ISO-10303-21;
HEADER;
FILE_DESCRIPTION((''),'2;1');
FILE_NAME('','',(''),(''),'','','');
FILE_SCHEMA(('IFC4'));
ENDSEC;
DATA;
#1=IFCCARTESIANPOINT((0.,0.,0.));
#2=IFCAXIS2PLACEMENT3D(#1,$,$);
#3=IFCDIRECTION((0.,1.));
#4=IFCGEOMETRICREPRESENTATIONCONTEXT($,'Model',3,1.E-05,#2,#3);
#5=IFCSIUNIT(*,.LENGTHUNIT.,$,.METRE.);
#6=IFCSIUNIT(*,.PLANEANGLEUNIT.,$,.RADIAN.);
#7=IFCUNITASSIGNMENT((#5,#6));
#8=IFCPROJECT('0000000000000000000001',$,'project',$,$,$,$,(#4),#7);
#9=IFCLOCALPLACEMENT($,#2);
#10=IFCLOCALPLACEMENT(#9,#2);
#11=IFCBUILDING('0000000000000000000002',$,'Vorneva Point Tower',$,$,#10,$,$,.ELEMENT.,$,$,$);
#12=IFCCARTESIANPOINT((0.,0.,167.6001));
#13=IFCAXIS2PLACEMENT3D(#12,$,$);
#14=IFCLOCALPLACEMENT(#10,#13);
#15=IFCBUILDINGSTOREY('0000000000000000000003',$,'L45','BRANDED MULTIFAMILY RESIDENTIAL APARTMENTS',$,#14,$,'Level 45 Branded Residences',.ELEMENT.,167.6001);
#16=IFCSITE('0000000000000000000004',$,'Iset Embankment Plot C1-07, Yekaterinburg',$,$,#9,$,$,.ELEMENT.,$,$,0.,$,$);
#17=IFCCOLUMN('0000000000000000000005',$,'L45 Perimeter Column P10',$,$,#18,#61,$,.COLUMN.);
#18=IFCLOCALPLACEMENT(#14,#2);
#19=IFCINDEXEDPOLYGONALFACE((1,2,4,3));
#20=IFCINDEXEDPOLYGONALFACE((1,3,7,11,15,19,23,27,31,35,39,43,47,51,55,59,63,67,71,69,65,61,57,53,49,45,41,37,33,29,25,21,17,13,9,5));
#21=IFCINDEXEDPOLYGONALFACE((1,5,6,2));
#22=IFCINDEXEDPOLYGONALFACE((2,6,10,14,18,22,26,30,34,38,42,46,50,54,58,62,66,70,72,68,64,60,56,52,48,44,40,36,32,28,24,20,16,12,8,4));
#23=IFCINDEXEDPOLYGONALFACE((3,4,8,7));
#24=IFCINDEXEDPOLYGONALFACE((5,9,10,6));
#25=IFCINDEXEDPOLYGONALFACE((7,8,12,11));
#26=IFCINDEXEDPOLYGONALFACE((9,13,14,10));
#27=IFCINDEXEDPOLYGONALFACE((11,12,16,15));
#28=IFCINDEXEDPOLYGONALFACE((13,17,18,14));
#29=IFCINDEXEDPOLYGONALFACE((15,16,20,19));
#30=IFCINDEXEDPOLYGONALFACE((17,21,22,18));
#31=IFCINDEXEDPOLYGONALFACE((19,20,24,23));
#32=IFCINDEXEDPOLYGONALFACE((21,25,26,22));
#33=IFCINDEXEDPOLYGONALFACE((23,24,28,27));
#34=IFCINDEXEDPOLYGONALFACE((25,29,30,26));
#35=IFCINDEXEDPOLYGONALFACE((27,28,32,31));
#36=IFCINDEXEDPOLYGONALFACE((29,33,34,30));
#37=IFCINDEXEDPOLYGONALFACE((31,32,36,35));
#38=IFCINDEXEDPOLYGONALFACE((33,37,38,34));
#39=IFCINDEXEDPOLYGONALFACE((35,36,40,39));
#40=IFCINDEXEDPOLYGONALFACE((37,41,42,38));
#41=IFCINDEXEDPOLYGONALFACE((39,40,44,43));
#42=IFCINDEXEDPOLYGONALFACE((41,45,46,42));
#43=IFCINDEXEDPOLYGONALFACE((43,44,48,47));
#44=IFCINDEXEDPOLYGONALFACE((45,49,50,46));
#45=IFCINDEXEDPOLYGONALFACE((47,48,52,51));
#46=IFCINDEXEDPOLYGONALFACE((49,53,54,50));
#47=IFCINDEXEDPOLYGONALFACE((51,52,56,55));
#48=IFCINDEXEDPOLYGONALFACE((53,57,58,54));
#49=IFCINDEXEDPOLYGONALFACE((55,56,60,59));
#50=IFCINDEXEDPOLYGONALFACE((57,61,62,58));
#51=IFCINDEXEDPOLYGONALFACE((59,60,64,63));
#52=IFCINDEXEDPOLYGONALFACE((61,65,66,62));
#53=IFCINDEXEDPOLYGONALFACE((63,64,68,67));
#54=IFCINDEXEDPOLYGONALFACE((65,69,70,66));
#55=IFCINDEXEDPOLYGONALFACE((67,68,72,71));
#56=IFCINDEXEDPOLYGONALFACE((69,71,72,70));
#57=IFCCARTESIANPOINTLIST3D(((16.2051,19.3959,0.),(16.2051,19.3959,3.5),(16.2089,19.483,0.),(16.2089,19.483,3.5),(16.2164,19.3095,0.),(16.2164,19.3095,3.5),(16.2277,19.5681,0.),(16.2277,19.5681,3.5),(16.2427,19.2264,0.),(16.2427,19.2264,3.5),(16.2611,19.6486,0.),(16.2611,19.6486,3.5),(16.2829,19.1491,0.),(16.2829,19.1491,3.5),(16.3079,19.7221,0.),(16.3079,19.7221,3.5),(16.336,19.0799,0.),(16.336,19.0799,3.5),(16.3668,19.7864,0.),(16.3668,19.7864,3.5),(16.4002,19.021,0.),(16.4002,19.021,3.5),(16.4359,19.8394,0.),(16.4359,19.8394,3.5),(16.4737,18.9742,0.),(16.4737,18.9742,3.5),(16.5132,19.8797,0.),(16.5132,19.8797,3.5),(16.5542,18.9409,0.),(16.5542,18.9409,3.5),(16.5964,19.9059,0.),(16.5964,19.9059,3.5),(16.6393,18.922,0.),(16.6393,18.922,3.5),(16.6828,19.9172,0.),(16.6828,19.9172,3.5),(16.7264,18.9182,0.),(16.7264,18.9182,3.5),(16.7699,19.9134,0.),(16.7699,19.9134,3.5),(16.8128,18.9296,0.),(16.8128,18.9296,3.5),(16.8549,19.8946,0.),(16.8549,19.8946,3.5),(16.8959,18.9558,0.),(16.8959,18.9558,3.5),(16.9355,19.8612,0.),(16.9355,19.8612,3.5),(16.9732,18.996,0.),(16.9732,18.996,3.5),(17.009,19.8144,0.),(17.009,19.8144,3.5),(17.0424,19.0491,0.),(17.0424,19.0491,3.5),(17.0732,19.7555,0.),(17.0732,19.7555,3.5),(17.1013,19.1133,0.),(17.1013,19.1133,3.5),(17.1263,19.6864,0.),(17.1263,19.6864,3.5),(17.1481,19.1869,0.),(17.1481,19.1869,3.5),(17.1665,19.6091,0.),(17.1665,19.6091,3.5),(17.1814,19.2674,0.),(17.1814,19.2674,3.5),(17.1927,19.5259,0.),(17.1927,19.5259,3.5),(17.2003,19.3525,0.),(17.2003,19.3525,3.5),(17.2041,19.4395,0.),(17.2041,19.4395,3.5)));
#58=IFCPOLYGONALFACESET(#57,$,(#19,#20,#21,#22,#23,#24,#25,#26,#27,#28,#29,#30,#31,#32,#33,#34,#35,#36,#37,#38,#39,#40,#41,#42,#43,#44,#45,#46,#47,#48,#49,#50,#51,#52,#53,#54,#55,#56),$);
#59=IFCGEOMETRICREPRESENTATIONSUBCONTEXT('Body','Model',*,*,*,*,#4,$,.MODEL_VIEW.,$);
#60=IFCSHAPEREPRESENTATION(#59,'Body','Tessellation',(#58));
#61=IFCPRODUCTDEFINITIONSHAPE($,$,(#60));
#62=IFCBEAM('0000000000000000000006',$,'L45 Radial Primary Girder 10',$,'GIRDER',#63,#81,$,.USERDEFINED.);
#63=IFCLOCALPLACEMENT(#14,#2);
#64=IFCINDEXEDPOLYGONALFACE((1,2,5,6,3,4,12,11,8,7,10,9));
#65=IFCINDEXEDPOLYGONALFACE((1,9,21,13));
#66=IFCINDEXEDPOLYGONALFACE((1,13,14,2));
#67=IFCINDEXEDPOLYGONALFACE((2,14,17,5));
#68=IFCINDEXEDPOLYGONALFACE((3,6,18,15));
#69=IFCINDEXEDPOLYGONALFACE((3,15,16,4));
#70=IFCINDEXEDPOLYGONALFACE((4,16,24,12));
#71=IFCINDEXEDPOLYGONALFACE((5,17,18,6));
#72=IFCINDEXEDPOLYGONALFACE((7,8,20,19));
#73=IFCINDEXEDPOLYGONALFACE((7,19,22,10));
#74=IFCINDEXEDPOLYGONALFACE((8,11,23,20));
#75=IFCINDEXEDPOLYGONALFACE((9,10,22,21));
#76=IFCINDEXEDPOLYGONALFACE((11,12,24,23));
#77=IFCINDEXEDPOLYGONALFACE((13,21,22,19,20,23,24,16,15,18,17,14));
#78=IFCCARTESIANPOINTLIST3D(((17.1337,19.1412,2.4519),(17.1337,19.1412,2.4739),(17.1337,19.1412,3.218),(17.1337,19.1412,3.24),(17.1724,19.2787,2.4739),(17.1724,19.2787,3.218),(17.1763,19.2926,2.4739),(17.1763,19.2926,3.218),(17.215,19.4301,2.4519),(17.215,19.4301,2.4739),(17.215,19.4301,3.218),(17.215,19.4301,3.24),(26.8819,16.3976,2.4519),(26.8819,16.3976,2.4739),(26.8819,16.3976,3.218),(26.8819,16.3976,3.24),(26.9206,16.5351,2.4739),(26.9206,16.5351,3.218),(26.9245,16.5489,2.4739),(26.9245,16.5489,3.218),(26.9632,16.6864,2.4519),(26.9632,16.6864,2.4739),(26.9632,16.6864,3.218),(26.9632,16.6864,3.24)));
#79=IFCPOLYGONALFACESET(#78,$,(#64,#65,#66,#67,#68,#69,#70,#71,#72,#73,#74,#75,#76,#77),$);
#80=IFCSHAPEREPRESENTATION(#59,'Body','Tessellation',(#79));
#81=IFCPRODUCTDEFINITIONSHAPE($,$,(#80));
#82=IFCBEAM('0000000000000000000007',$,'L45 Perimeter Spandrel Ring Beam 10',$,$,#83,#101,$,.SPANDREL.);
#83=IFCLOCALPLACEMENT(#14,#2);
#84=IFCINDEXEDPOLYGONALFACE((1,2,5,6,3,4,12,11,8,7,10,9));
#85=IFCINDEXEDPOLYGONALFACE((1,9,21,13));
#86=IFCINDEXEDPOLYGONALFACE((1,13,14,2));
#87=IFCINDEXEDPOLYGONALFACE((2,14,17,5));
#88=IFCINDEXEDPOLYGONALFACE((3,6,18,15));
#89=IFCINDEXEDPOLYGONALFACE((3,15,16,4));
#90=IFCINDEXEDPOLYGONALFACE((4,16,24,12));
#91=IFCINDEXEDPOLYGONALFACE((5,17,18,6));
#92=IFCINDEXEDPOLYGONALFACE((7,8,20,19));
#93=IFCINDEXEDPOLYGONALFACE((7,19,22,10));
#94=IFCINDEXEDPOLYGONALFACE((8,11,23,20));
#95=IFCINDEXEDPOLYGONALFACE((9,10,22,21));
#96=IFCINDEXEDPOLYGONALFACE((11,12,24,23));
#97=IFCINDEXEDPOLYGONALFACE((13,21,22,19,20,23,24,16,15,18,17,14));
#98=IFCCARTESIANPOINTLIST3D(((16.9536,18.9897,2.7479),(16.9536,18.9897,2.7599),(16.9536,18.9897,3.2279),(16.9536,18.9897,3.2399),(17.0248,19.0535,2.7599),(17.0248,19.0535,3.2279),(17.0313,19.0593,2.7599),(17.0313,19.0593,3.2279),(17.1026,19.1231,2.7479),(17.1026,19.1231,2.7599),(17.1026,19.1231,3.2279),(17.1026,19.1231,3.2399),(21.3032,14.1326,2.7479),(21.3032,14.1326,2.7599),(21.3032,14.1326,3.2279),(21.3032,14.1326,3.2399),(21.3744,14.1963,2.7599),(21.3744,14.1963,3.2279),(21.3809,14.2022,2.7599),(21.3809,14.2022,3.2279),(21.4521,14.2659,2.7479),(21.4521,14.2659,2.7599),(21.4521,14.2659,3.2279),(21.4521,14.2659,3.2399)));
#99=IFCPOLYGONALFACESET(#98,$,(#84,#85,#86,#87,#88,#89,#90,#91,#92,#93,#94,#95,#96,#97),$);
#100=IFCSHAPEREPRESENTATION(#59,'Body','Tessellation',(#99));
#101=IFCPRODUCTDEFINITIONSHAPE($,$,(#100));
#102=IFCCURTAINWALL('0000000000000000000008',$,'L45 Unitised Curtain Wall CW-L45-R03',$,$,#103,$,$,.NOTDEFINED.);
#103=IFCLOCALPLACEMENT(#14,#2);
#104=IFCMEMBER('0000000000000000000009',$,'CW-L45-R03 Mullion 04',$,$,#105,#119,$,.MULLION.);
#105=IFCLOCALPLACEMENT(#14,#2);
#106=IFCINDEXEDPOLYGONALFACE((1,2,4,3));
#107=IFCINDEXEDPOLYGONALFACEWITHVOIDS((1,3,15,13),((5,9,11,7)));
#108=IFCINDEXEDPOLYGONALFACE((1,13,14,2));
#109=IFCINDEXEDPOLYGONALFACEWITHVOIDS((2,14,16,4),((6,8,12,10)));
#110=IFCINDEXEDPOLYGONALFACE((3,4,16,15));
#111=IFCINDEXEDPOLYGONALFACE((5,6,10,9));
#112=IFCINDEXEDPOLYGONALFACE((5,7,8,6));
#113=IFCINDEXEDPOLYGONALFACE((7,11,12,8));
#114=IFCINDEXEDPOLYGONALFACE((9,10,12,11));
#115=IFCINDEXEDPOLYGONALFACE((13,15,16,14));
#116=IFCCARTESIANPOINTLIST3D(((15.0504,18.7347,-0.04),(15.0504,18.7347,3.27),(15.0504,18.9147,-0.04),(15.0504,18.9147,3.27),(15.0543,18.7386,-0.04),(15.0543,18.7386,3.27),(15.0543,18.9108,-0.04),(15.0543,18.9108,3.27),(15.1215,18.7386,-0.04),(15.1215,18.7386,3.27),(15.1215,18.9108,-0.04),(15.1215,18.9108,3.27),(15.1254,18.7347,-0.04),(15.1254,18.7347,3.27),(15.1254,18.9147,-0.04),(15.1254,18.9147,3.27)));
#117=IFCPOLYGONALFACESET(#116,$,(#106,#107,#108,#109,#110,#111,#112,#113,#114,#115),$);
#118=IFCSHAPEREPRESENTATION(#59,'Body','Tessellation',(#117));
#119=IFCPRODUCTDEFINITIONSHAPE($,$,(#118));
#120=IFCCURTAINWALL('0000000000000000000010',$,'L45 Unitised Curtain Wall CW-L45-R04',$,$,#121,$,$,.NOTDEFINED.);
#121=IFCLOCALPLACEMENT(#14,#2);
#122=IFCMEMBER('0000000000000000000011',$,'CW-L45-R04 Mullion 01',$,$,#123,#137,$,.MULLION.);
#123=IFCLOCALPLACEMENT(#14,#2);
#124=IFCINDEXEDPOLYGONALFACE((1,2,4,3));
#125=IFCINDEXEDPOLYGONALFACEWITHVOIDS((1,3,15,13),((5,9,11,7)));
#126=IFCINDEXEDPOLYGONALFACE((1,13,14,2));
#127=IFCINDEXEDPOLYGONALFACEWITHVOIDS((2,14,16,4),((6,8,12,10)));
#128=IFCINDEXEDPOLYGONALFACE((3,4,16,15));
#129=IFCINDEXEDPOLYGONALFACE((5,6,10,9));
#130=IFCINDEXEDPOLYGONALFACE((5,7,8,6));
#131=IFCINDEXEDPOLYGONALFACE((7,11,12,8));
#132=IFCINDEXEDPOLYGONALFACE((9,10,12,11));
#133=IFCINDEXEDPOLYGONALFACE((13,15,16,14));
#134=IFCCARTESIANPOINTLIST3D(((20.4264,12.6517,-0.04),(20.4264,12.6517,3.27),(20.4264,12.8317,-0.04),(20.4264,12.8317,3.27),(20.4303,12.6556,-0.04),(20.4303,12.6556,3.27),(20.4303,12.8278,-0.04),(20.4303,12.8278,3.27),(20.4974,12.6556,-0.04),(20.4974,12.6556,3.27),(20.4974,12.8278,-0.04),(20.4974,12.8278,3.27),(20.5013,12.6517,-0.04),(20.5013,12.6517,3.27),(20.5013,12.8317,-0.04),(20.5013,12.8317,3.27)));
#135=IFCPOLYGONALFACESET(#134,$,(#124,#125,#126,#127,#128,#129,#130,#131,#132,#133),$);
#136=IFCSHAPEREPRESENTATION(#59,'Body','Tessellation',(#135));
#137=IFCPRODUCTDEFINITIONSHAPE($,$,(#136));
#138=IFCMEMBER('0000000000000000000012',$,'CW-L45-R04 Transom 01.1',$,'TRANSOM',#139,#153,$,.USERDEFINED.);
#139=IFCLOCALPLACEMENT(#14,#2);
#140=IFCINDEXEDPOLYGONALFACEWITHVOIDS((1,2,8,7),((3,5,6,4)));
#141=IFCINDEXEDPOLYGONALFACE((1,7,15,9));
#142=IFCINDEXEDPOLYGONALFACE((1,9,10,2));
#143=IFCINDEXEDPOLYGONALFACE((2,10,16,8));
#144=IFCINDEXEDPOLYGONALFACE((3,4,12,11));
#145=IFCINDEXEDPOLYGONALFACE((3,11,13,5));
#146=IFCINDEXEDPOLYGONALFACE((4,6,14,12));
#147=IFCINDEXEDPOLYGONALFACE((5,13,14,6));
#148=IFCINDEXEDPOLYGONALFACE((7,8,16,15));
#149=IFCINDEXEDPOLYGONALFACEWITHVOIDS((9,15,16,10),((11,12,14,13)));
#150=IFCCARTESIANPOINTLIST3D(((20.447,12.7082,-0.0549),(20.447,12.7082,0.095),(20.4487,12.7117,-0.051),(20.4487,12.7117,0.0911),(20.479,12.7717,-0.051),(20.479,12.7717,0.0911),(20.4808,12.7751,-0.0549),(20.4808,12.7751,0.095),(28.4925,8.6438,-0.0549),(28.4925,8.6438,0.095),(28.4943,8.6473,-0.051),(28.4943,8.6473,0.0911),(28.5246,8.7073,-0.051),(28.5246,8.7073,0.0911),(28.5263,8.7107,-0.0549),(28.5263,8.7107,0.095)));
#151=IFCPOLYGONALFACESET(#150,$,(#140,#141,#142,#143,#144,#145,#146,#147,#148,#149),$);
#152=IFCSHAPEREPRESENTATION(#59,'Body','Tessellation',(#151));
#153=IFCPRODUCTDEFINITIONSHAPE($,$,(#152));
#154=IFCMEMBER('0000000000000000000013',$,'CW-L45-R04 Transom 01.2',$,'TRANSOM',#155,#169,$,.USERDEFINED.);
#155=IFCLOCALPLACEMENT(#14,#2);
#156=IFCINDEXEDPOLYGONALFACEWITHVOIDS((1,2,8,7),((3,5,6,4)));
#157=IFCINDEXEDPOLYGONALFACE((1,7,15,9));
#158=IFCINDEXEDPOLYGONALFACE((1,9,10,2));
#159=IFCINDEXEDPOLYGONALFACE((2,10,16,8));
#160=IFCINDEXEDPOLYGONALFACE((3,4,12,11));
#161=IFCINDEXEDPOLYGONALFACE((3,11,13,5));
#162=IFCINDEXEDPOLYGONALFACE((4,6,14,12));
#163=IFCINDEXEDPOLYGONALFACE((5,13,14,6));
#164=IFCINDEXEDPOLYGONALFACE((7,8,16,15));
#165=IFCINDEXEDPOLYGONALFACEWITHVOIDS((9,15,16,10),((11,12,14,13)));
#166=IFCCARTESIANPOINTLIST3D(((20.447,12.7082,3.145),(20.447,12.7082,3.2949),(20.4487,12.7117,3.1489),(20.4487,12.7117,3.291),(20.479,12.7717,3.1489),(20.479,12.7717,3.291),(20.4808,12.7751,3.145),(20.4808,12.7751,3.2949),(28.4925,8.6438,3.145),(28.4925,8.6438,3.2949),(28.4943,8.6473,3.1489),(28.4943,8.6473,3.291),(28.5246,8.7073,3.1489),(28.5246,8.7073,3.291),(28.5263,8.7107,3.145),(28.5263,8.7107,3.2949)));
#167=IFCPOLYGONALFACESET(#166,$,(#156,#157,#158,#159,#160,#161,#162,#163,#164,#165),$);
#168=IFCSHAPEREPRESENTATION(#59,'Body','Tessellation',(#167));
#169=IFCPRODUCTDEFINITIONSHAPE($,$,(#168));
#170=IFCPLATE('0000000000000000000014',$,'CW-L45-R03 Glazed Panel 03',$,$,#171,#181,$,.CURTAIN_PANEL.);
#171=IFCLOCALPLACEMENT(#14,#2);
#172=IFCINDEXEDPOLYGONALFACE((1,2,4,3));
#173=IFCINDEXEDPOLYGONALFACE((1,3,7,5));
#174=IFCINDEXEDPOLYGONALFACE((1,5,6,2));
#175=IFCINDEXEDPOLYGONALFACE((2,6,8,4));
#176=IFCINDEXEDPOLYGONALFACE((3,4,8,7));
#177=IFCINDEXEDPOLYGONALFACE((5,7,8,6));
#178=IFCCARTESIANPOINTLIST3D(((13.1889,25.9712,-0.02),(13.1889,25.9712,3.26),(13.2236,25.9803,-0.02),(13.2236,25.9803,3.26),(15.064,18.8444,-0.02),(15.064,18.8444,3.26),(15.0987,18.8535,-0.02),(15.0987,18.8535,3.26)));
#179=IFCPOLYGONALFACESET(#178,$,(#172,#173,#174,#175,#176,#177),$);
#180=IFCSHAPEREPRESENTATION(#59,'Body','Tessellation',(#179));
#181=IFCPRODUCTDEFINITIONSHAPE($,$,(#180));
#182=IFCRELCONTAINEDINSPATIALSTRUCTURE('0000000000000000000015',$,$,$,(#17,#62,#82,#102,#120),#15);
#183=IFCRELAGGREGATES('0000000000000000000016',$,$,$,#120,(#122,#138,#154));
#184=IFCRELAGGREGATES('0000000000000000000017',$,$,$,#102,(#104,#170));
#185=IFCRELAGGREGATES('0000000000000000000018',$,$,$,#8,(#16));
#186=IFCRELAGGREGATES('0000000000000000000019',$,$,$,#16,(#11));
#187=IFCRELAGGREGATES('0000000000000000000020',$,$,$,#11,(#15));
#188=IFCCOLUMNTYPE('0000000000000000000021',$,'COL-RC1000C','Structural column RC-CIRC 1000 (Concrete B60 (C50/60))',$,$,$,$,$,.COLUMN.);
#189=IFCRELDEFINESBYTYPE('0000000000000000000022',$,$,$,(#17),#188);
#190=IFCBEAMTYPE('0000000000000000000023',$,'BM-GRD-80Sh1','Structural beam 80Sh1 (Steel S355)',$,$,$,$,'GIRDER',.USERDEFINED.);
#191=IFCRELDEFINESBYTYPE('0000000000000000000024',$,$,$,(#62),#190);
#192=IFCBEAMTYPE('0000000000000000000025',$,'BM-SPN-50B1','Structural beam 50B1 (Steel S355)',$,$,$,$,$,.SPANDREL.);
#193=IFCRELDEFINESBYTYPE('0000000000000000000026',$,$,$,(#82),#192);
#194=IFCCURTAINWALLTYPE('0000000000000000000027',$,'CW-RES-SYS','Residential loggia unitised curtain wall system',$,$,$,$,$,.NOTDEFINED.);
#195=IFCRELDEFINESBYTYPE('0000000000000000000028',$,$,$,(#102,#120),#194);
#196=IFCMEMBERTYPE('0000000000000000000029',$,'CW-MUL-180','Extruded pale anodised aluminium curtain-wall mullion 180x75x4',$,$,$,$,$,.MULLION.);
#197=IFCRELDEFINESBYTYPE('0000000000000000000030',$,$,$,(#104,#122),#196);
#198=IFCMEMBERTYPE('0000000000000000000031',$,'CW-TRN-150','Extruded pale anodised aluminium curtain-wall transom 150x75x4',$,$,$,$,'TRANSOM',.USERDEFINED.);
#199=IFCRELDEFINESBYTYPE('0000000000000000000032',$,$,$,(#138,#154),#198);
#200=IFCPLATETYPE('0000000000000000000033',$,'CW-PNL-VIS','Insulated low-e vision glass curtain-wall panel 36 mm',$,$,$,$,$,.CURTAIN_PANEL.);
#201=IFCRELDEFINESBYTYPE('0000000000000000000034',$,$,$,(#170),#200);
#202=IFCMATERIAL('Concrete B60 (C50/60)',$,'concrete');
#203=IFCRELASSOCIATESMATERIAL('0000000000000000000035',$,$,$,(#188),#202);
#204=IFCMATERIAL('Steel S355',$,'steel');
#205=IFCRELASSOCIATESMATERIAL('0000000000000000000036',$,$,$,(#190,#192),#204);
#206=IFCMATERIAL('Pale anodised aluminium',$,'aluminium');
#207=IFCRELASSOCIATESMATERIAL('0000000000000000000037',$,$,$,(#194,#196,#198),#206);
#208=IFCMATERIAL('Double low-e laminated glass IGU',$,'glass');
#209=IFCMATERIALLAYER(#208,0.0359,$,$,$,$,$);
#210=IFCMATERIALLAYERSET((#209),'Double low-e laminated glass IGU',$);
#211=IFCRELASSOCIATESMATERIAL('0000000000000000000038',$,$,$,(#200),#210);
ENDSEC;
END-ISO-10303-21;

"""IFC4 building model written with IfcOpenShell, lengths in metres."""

from ifc_helpers import new_model, si_unit, direction, frame, origin, origin_2d, place, context, subcontext, project, spatial, rectangle, hollow_rectangle, circle, i_section, extrude, material, layer, layer_set, material_profile, profile_set, type_object, element, aggregate, save


model = new_model("IFC4")

# Units and contexts
model_context = context("Model", 3, precision=1e-05, world=origin(), true_north=direction((0.0, 1.0)))
body_context = subcontext(model_context, "Body", "Model", "MODEL_VIEW")
ifc_project = project(units=[si_unit("LENGTHUNIT", "METRE"), si_unit("PLANEANGLEUNIT", "RADIAN")], contexts=[model_context])

# Site, building, storey
site_placement = place(None, origin())
site = spatial("IfcSite", under=ifc_project, at=site_placement, Name="Iset Embankment Plot C1-07, Yekaterinburg", CompositionType="ELEMENT", RefElevation=0.0)
building_placement = place(site_placement, origin())
building = spatial("IfcBuilding", under=site, at=building_placement, Name="Vorneva Point Tower", CompositionType="ELEMENT")
storey_placement = place(building_placement, frame((0.0, 0.0, 167.6001)))
storey = spatial("IfcBuildingStorey", under=building, at=storey_placement, Name="L45", Description="BRANDED MULTIFAMILY RESIDENTIAL APARTMENTS", LongName="Level 45 Branded Residences", CompositionType="ELEMENT", Elevation=167.6001)

# Column
ifc_material_1 = material(Name="Concrete B60 (C50/60)", Category="concrete")
ifc_material_profile_1 = material_profile(ifc_material_1, circle(Radius=0.5, at=origin_2d()), Name="RC-CIRC 1000")
ifc_profile_set_1 = profile_set([ifc_material_profile_1], Name="Concrete B60 (C50/60)")
column_type = type_object("IfcColumnType", Name="COL-RC1000C", Description="Structural column RC-CIRC 1000 (Concrete B60 (C50/60))", PredefinedType="COLUMN", material=ifc_profile_set_1)
column_placement = place(storey_placement, frame((16.7046, 19.4177, 0.0), z_axis=(0.0, 0.0, 1.0), x_axis=(-0.92388, -0.382683, 0.0)))
element("IfcColumn", 1, at=column_placement, inside=storey, type_object=column_type, Name="L45 Perimeter Column P10", PredefinedType="COLUMN", context=body_context, shape_type="SweptSolid", body=[
    extrude(circle(Radius=0.5, at=origin_2d()), origin(), (0.0, 0.0, 1.0), 3.5),
])

# Beams
ifc_material_2 = material(Name="Steel S355", Category="steel")
ifc_material_profile_2 = material_profile(ifc_material_2, i_section(OverallWidth=0.3, OverallDepth=0.7881, WebThickness=0.0144, FlangeThickness=0.022, at=origin_2d()), Name="80Sh1")
ifc_profile_set_2 = profile_set([ifc_material_profile_2], Name="Steel S355")
beam_type_1 = type_object("IfcBeamType", Name="BM-GRD-80Sh1", Description="Structural beam 80Sh1 (Steel S355)", ElementType="GIRDER", PredefinedType="USERDEFINED", material=ifc_profile_set_2)
beam_1_placement = place(storey_placement, frame((17.1743, 19.2856, 2.8459), z_axis=(0.962601, -0.270924, 0.0), x_axis=(0.270924, 0.962601, 0.0)))
element("IfcBeam", 2, at=beam_1_placement, inside=storey, type_object=beam_type_1, Name="L45 Radial Primary Girder 10", ObjectType="GIRDER", PredefinedType="USERDEFINED", context=body_context, shape_type="SweptSolid", body=[
    extrude(i_section(OverallWidth=0.3, OverallDepth=0.7881, WebThickness=0.0144, FlangeThickness=0.022, at=origin_2d()), origin(), (0.0, 0.0, 1.0), 10.127),
])
ifc_material_profile_3 = material_profile(ifc_material_2, i_section(OverallWidth=0.2, OverallDepth=0.4919, WebThickness=0.0088, FlangeThickness=0.012, at=origin_2d()), Name="50B1")
ifc_profile_set_3 = profile_set([ifc_material_profile_3], Name="Steel S355")
beam_type_2 = type_object("IfcBeamType", Name="BM-SPN-50B1", Description="Structural beam 50B1 (Steel S355)", PredefinedType="SPANDREL", material=ifc_profile_set_3)
beam_2_placement = place(storey_placement, frame((17.0281, 19.0564, 2.9939), z_axis=(0.667111, -0.744958, 0.0), x_axis=(0.744958, 0.667111, 0.0)))
element("IfcBeam", 3, at=beam_2_placement, inside=storey, type_object=beam_type_2, Name="L45 Perimeter Spandrel Ring Beam 10", PredefinedType="SPANDREL", context=body_context, shape_type="SweptSolid", body=[
    extrude(i_section(OverallWidth=0.2, OverallDepth=0.4919, WebThickness=0.0088, FlangeThickness=0.012, at=origin_2d()), origin(), (0.0, 0.0, 1.0), 6.52),
])

# Curtain wall, member
ifc_material_3 = material(Name="Pale anodised aluminium", Category="aluminium")
curtain_wall_type = type_object("IfcCurtainWallType", Name="CW-RES-SYS", Description="Residential loggia unitised curtain wall system", PredefinedType="NOTDEFINED", material=ifc_material_3)
curtain_wall_1_placement = place(storey_placement, origin())
curtain_wall_1 = element("IfcCurtainWall", 4, at=curtain_wall_1_placement, inside=storey, type_object=curtain_wall_type, Name="L45 Unitised Curtain Wall CW-L45-R03", PredefinedType="NOTDEFINED")
ifc_material_profile_4 = material_profile(ifc_material_3, hollow_rectangle(XDim=0.075, YDim=0.1799, WallThickness=0.0039, at=origin_2d()), Name="AL-MUL 180x75x4")
ifc_profile_set_4 = profile_set([ifc_material_profile_4], Name="Pale anodised aluminium")
member_type_1 = type_object("IfcMemberType", Name="CW-MUL-180", Description="Extruded pale anodised aluminium curtain-wall mullion 180x75x4", PredefinedType="MULLION", material=ifc_profile_set_4)
member_1_placement = place(storey_placement, frame((15.0879, 18.8247, -0.04), z_axis=(0.0, 0.0, 1.0), x_axis=(1.0, 0.0, 0.0)))
member_1 = element("IfcMember", 5, at=member_1_placement, type_object=member_type_1, Name="CW-L45-R03 Mullion 04", PredefinedType="MULLION", context=body_context, shape_type="SweptSolid", body=[
    extrude(hollow_rectangle(XDim=0.075, YDim=0.1799, WallThickness=0.0039, at=origin_2d()), origin(), (0.0, 0.0, 1.0), 3.3101),
])

# Curtain wall, members
curtain_wall_2_placement = place(storey_placement, origin())
curtain_wall_2 = element("IfcCurtainWall", 6, at=curtain_wall_2_placement, inside=storey, type_object=curtain_wall_type, Name="L45 Unitised Curtain Wall CW-L45-R04", PredefinedType="NOTDEFINED")
member_2_placement = place(storey_placement, frame((20.4639, 12.7417, -0.04), z_axis=(0.0, 0.0, 1.0), x_axis=(1.0, 0.0, 0.0)))
member_2 = element("IfcMember", 7, at=member_2_placement, type_object=member_type_1, Name="CW-L45-R04 Mullion 01", PredefinedType="MULLION", context=body_context, shape_type="SweptSolid", body=[
    extrude(hollow_rectangle(XDim=0.075, YDim=0.1799, WallThickness=0.0039, at=origin_2d()), origin(), (0.0, 0.0, 1.0), 3.3101),
])
ifc_material_profile_5 = material_profile(ifc_material_3, hollow_rectangle(XDim=0.075, YDim=0.1499, WallThickness=0.0039, at=origin_2d()), Name="AL-TRN 150x75x4")
ifc_profile_set_5 = profile_set([ifc_material_profile_5], Name="Pale anodised aluminium")
member_type_2 = type_object("IfcMemberType", Name="CW-TRN-150", Description="Extruded pale anodised aluminium curtain-wall transom 150x75x4", ElementType="TRANSOM", PredefinedType="USERDEFINED", material=ifc_profile_set_5)
member_3_placement = place(storey_placement, frame((20.4639, 12.7417, 0.02), z_axis=(0.892572, -0.450904, 0.0), x_axis=(0.450904, 0.892572, 0.0)))
member_3 = element("IfcMember", 8, at=member_3_placement, type_object=member_type_2, Name="CW-L45-R04 Transom 01.1", ObjectType="TRANSOM", PredefinedType="USERDEFINED", context=body_context, shape_type="SweptSolid", body=[
    extrude(hollow_rectangle(XDim=0.075, YDim=0.1499, WallThickness=0.0039, at=origin_2d()), origin(), (0.0, 0.0, 1.0), 9.0139),
])
member_4_placement = place(storey_placement, frame((20.4639, 12.7417, 3.22), z_axis=(0.892572, -0.450904, 0.0), x_axis=(0.450904, 0.892572, 0.0)))
member_4 = element("IfcMember", 9, at=member_4_placement, type_object=member_type_2, Name="CW-L45-R04 Transom 01.2", ObjectType="TRANSOM", PredefinedType="USERDEFINED", context=body_context, shape_type="SweptSolid", body=[
    extrude(hollow_rectangle(XDim=0.075, YDim=0.1499, WallThickness=0.0039, at=origin_2d()), origin(), (0.0, 0.0, 1.0), 9.0139),
])
aggregate(curtain_wall_2, [member_2, member_3, member_4])

# Plate
ifc_material_4 = material(Name="Double low-e laminated glass IGU", Category="glass")
ifc_layer_1 = layer(ifc_material_4, 0.0359)
ifc_layer_set_1 = layer_set([ifc_layer_1], Name="Double low-e laminated glass IGU")
plate_type = type_object("IfcPlateType", Name="CW-PNL-VIS", Description="Insulated low-e vision glass curtain-wall panel 36 mm", PredefinedType="CURTAIN_PANEL", material=ifc_layer_set_1)
plate_placement = place(storey_placement, frame((14.1438, 22.4124, -0.02), z_axis=(0.0, 0.0, 1.0), x_axis=(0.254433, -0.96709, 0.0)))
plate = element("IfcPlate", 10, at=plate_placement, type_object=plate_type, Name="CW-L45-R03 Glazed Panel 03", PredefinedType="CURTAIN_PANEL", context=body_context, shape_type="SweptSolid", body=[
    extrude(rectangle(XDim=7.3694, YDim=0.0359, at=origin_2d()), origin(), (0.0, 0.0, 1.0), 3.28),
])
aggregate(curtain_wall_1, [member_1, plate])

save(model, "model.ifc")
